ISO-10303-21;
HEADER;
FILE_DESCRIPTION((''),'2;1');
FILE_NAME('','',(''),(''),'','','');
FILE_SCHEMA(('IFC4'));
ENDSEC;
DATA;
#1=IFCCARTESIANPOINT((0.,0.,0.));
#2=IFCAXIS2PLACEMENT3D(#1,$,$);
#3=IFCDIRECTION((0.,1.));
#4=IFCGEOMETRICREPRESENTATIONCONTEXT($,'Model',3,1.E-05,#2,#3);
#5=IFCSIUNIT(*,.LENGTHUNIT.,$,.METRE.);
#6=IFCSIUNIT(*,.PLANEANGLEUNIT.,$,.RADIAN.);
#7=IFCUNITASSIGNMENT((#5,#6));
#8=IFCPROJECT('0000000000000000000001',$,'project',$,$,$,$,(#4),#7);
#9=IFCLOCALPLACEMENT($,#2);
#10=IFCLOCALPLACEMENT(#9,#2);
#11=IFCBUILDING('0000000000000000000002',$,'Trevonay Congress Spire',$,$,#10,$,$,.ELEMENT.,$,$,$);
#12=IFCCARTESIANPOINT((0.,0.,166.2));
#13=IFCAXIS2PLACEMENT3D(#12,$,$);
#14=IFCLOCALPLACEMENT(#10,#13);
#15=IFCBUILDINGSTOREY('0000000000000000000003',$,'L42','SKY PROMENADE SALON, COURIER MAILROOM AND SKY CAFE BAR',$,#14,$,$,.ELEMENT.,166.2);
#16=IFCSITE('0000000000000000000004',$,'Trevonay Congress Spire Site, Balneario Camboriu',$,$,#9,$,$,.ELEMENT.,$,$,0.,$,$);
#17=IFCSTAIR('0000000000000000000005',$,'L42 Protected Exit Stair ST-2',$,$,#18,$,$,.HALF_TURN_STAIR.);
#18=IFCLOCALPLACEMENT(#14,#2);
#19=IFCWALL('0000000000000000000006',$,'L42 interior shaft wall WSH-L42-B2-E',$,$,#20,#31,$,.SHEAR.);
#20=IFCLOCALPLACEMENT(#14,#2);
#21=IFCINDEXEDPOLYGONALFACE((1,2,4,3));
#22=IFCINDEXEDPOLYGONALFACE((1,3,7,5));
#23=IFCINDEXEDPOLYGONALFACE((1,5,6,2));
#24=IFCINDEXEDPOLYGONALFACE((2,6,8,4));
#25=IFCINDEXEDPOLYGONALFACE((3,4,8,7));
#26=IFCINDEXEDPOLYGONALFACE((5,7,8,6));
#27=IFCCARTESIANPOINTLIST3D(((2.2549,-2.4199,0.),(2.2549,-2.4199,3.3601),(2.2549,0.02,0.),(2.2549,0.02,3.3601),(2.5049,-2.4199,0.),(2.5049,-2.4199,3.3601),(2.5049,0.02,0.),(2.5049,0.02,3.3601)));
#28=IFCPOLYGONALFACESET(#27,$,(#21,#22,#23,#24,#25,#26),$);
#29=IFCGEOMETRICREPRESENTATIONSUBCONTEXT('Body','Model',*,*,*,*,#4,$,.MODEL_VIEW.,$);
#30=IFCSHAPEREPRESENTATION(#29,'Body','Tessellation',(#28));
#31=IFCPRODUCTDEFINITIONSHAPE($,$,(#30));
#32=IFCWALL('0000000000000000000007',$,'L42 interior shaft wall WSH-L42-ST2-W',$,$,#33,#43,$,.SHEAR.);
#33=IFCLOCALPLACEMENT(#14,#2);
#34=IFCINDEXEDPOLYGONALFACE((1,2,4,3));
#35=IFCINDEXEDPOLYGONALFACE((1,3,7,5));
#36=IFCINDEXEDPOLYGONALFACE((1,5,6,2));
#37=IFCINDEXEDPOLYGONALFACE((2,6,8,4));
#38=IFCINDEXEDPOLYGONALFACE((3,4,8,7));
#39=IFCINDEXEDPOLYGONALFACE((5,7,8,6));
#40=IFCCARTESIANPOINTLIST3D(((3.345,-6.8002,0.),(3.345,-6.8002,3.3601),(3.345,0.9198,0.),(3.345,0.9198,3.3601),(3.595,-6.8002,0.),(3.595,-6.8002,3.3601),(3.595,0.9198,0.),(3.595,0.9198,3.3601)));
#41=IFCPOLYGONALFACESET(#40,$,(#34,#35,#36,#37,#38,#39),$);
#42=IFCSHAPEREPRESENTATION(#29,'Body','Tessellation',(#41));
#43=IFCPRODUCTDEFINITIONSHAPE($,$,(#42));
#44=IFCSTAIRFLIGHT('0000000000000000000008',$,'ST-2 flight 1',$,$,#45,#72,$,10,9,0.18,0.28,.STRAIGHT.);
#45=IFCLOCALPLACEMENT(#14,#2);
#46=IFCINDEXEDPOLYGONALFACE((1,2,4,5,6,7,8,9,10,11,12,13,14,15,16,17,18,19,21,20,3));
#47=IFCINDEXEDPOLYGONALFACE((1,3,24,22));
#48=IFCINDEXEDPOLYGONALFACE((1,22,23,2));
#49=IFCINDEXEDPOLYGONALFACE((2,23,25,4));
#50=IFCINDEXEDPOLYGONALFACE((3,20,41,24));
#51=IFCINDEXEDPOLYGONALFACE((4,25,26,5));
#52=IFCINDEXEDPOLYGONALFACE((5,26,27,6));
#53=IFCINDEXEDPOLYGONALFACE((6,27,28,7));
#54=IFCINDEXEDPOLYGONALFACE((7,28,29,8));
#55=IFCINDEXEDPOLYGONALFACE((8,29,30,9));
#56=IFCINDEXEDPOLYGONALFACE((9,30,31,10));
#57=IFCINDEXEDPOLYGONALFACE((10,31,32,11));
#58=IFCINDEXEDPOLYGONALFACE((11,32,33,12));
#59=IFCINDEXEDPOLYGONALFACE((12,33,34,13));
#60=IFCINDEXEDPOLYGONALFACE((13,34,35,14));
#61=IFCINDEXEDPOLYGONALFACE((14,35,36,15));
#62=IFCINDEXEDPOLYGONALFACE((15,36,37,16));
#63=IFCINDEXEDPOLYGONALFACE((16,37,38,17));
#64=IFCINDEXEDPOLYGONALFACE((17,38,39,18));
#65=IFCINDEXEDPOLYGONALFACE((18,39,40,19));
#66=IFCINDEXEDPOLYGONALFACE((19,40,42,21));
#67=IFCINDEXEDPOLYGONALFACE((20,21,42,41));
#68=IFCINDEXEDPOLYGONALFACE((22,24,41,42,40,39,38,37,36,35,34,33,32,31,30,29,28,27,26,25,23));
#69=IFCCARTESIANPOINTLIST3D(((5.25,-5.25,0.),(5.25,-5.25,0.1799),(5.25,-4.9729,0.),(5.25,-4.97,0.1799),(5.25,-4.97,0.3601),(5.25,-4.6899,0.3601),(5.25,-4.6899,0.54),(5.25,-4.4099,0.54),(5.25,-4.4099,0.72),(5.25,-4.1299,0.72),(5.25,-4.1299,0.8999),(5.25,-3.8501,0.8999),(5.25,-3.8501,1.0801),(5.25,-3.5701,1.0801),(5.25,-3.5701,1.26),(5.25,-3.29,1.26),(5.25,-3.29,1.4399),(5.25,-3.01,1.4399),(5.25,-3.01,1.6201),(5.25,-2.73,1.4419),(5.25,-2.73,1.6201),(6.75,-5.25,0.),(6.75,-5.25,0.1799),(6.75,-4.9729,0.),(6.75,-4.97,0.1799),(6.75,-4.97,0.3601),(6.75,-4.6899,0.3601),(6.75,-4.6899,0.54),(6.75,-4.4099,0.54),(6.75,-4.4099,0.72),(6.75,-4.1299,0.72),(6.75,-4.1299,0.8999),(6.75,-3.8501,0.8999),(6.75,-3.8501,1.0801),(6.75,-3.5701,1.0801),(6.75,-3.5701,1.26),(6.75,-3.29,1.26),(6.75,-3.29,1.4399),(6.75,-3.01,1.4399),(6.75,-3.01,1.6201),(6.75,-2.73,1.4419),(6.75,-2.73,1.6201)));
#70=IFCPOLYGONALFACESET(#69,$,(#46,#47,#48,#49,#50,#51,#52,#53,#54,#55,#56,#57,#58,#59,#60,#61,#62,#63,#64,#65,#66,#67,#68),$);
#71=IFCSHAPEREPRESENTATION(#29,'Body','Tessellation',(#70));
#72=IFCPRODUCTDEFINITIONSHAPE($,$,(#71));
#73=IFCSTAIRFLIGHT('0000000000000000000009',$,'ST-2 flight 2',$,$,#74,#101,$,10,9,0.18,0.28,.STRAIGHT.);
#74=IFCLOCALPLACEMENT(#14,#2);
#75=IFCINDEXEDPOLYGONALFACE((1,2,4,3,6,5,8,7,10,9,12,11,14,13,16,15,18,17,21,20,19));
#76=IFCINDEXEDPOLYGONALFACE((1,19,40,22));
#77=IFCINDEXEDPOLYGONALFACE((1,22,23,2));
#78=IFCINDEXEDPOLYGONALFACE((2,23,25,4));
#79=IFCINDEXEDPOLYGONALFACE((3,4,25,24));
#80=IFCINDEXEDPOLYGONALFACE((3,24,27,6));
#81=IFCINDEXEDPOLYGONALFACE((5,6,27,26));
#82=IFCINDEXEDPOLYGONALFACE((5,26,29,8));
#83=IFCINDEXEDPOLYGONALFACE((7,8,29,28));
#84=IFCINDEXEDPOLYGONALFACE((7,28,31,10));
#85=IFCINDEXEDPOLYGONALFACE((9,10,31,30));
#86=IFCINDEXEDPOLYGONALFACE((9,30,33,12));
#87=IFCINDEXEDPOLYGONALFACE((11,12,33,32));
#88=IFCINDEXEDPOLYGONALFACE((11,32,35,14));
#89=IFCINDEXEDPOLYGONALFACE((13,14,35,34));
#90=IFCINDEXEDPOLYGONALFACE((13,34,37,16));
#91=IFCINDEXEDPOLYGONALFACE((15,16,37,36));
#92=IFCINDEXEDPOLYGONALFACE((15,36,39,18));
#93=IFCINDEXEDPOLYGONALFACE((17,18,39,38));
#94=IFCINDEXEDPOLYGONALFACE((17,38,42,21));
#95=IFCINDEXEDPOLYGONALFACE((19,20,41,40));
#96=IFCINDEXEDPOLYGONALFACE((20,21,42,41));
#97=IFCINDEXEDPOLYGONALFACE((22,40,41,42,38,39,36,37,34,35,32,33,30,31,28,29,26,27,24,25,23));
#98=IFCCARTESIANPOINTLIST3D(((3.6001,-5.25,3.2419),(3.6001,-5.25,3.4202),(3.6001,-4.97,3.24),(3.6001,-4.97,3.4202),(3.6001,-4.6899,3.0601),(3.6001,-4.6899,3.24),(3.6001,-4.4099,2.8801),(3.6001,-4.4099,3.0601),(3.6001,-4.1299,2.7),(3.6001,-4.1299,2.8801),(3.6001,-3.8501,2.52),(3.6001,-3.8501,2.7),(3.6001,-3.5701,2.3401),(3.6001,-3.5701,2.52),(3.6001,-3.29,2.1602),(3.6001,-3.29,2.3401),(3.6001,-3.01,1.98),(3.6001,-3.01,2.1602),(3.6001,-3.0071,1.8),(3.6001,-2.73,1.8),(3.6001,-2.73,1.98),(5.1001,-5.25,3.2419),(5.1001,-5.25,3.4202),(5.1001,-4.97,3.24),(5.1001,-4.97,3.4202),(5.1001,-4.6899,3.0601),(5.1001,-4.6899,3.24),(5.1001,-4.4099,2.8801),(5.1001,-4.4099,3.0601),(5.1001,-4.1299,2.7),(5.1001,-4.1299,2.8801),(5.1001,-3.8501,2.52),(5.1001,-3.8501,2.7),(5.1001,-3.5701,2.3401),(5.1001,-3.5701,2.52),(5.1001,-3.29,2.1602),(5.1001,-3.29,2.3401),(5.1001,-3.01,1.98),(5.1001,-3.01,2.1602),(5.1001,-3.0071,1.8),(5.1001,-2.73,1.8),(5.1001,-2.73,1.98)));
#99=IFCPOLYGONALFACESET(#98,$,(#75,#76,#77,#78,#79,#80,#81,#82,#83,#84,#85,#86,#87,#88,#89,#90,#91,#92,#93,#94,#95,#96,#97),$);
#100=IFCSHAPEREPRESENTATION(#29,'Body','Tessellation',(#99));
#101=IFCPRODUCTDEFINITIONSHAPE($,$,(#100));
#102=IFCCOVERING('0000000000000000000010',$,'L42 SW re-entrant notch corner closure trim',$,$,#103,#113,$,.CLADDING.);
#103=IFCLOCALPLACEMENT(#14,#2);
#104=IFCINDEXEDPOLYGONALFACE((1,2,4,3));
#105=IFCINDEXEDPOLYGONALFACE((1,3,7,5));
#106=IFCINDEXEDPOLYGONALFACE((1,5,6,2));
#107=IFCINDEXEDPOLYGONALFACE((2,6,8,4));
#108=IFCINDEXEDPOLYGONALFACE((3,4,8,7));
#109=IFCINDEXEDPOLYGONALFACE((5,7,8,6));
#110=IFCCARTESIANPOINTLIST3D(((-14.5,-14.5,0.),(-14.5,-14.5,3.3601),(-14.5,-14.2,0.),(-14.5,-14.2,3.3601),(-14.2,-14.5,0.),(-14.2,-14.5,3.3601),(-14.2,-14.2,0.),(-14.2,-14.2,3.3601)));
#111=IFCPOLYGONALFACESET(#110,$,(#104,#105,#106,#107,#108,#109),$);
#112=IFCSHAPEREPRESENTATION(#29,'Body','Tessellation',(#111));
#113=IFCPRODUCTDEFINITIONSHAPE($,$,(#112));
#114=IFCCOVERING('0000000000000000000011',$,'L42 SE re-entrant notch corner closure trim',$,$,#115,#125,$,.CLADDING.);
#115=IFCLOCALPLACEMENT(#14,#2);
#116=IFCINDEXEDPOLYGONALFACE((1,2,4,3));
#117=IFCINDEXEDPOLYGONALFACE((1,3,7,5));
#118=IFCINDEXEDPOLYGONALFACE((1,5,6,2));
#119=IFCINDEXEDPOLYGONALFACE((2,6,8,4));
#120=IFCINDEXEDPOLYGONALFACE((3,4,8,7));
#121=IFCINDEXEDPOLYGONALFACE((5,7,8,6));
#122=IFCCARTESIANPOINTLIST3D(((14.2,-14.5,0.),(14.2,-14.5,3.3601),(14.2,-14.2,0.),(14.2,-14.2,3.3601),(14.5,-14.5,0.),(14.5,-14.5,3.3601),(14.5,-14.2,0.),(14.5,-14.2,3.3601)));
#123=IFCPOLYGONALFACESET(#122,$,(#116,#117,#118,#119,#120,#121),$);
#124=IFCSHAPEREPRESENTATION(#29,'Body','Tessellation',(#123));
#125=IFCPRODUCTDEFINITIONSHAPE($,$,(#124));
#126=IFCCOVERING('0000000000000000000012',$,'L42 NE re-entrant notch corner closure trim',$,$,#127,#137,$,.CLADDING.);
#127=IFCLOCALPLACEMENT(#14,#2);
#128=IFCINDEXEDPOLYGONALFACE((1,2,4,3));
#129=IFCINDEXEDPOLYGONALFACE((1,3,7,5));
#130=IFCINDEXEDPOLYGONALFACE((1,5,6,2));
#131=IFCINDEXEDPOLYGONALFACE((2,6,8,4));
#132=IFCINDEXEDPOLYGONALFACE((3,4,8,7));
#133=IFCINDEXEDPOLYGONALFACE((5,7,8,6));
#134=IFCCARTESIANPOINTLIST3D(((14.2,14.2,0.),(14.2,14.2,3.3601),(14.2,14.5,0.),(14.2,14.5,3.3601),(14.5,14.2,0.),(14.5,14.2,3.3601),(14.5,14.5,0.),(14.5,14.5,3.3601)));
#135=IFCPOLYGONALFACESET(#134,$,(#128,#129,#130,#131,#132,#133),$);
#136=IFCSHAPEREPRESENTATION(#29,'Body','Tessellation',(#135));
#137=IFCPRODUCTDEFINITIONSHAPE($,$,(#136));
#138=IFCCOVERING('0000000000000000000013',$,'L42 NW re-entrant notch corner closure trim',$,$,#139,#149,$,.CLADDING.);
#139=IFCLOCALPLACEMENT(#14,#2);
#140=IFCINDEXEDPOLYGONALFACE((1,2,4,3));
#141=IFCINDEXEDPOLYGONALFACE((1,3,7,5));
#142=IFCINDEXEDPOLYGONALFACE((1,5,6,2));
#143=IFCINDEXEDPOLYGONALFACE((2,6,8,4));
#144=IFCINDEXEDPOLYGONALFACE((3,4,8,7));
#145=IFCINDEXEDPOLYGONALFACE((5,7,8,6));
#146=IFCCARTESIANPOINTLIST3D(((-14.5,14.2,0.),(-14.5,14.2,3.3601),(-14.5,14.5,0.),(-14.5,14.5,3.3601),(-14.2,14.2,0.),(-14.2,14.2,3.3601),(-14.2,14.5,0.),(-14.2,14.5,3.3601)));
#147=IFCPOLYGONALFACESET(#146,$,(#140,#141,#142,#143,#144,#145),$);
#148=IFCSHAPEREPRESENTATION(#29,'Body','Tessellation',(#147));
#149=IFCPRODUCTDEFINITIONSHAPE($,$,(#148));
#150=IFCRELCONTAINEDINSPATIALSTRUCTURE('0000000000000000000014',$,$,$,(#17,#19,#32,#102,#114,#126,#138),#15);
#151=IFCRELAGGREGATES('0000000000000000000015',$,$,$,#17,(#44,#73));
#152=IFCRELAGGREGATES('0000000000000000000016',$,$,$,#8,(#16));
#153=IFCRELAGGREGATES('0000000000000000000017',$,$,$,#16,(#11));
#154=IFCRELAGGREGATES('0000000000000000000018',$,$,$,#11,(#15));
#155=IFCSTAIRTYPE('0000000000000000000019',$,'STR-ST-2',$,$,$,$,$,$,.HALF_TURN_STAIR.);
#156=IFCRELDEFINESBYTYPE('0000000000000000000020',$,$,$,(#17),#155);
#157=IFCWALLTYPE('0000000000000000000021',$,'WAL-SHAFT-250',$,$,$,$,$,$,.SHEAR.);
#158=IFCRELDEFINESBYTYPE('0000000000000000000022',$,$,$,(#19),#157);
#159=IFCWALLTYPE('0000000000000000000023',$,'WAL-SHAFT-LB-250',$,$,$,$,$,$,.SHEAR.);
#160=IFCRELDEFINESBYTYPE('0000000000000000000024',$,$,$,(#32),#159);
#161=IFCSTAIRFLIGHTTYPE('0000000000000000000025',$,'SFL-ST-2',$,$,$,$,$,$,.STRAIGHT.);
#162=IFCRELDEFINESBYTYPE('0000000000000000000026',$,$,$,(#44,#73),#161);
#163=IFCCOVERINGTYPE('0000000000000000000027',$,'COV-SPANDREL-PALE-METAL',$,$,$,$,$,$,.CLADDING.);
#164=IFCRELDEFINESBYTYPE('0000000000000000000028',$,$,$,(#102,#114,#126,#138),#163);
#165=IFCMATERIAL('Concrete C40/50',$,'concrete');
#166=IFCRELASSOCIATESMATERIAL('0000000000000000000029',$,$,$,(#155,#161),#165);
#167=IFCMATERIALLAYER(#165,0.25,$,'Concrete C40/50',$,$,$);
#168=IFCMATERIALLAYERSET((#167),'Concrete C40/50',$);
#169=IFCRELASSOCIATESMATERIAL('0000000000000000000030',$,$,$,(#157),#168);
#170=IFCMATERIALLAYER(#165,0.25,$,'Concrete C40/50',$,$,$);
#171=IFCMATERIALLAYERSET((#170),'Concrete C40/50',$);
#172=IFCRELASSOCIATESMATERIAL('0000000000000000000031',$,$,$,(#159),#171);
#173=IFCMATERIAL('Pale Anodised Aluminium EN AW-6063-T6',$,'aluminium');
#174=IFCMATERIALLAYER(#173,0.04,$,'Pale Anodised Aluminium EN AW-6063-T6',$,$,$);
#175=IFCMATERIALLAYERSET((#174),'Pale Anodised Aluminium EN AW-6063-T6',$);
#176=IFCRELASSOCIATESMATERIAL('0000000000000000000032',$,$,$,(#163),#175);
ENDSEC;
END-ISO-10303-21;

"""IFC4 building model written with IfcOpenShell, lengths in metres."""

from ifc_helpers import new_model, si_unit, direction, frame, frame_2d, origin, place, context, subcontext, project, spatial, polyline, rectangle, outline, extrude, material, layer, layer_set, type_object, element, aggregate, save


model = new_model("IFC4")

# Units and contexts
model_context = context("Model", 3, precision=1e-05, world=origin(), true_north=direction((0.0, 1.0)))
body_context = subcontext(model_context, "Body", "Model", "MODEL_VIEW")
ifc_project = project(units=[si_unit("LENGTHUNIT", "METRE"), si_unit("PLANEANGLEUNIT", "RADIAN")], contexts=[model_context])

# Site, building, storey
site_placement = place(None, origin())
site = spatial("IfcSite", under=ifc_project, at=site_placement, Name="Trevonay Congress Spire Site, Balneario Camboriu", CompositionType="ELEMENT", RefElevation=0.0)
building_placement = place(site_placement, origin())
building = spatial("IfcBuilding", under=site, at=building_placement, Name="Trevonay Congress Spire", CompositionType="ELEMENT")
storey_placement = place(building_placement, frame((0.0, 0.0, 166.2)))
storey = spatial("IfcBuildingStorey", under=building, at=storey_placement, Name="L42", Description="SKY PROMENADE SALON, COURIER MAILROOM AND SKY CAFE BAR", CompositionType="ELEMENT", Elevation=166.2)

# Shared definitions
ifc_material_1 = material(Name="Concrete C40/50", Category="concrete")

# Stair
stair_type_1 = type_object("IfcStairType", Name="STR-ST-2", PredefinedType="HALF_TURN_STAIR", material=ifc_material_1)
stair_1_placement = place(storey_placement, origin())
stair_1 = element("IfcStair", 1, at=stair_1_placement, inside=storey, type_object=stair_type_1, Name="L42 Protected Exit Stair ST-2", PredefinedType="HALF_TURN_STAIR")

# Walls
ifc_layer_1 = layer(ifc_material_1, 0.25, Name="Concrete C40/50")
ifc_layer_set_1 = layer_set([ifc_layer_1], Name="Concrete C40/50")
wall_type_1 = type_object("IfcWallType", Name="WAL-SHAFT-250", PredefinedType="SHEAR", material=ifc_layer_set_1)
wall_1_placement = place(storey_placement, frame((2.3799, -2.4199, 0.0), z_axis=(0.0, 0.0, 1.0), x_axis=(0.0, 1.0, 0.0)))
element("IfcWall", 2, at=wall_1_placement, inside=storey, type_object=wall_type_1, Name="L42 interior shaft wall WSH-L42-B2-E", PredefinedType="SHEAR", context=body_context, shape_type="SweptSolid", body=[
    extrude(rectangle(XDim=2.4399, YDim=0.25, at=frame_2d((1.22, 0.0))), origin(), (0.0, 0.0, 1.0), 3.3601),
])
ifc_layer_2 = layer(ifc_material_1, 0.25, Name="Concrete C40/50")
ifc_layer_set_2 = layer_set([ifc_layer_2], Name="Concrete C40/50")
wall_type_2 = type_object("IfcWallType", Name="WAL-SHAFT-LB-250", PredefinedType="SHEAR", material=ifc_layer_set_2)
wall_2_placement = place(storey_placement, frame((3.47, -6.8, 0.0), z_axis=(0.0, 0.0, 1.0), x_axis=(0.0, 1.0, 0.0)))
element("IfcWall", 3, at=wall_2_placement, inside=storey, type_object=wall_type_2, Name="L42 interior shaft wall WSH-L42-ST2-W", PredefinedType="SHEAR", context=body_context, shape_type="SweptSolid", body=[
    extrude(rectangle(XDim=7.72, YDim=0.25, at=frame_2d((3.8599, 0.0))), origin(), (0.0, 0.0, 1.0), 3.3601),
])

# Stair flights
stair_flight_type = type_object("IfcStairFlightType", Name="SFL-ST-2", PredefinedType="STRAIGHT", material=ifc_material_1)
stair_flight_1_placement = place(storey_placement, frame((6.0, -5.25, 0.0), z_axis=(0.0, 0.0, 1.0), x_axis=(0.0, 1.0, 0.0)))
stair_flight_1 = element("IfcStairFlight", 4, at=stair_flight_1_placement, type_object=stair_flight_type, Name="ST-2 flight 1", NumberOfRisers=10, NumberOfTreads=9, PredefinedType="STRAIGHT", RiserHeight=0.18, TreadLength=0.28, context=body_context, shape_type="SweptSolid", body=[
    extrude(outline(polyline([(0.0, 0.0), (0.0, 0.1799), (0.28, 0.1799), (0.28, 0.3601), (0.5601, 0.3601), (0.5601, 0.54), (0.8401, 0.54), (0.8401, 0.72), (1.1201, 0.72), (1.1201, 0.8999), (1.3999, 0.8999), (1.3999, 1.0801), (1.6799, 1.0801), (1.6799, 1.26), (1.96, 1.26), (1.96, 1.4399), (2.24, 1.4399), (2.24, 1.6201), (2.52, 1.6201), (2.52, 1.8), (2.52, 1.4419), (0.2771, 0.0), (0.0, 0.0)])), frame((0.0, 0.75, 0.0), z_axis=(0.0, -1.0, 0.0), x_axis=(1.0, 0.0, 0.0)), (0.0, 0.0, 1.0), 1.5),
])
stair_flight_2_placement = place(storey_placement, frame((4.3501, -2.73, 1.8), z_axis=(0.0, 0.0, 1.0), x_axis=(0.0, -1.0, 0.0)))
stair_flight_2 = element("IfcStairFlight", 5, at=stair_flight_2_placement, type_object=stair_flight_type, Name="ST-2 flight 2", NumberOfRisers=10, NumberOfTreads=9, PredefinedType="STRAIGHT", RiserHeight=0.18, TreadLength=0.28, context=body_context, shape_type="SweptSolid", body=[
    extrude(outline(polyline([(0.0, 0.0), (0.0, 0.1799), (0.28, 0.1799), (0.28, 0.3601), (0.5601, 0.3601), (0.5601, 0.54), (0.8401, 0.54), (0.8401, 0.72), (1.1201, 0.72), (1.1201, 0.8999), (1.3999, 0.8999), (1.3999, 1.0801), (1.6799, 1.0801), (1.6799, 1.26), (1.96, 1.26), (1.96, 1.4399), (2.24, 1.4399), (2.24, 1.6201), (2.52, 1.6201), (2.52, 1.8), (2.52, 1.4419), (0.2771, 0.0), (0.0, 0.0)])), frame((0.0, 0.75, 0.0), z_axis=(0.0, -1.0, 0.0), x_axis=(1.0, 0.0, 0.0)), (0.0, 0.0, 1.0), 1.5),
])
aggregate(stair_1, [stair_flight_1, stair_flight_2])

# Coverings
ifc_material_2 = material(Name="Pale Anodised Aluminium EN AW-6063-T6", Category="aluminium")
ifc_layer_3 = layer(ifc_material_2, 0.04, Name="Pale Anodised Aluminium EN AW-6063-T6")
ifc_layer_set_3 = layer_set([ifc_layer_3], Name="Pale Anodised Aluminium EN AW-6063-T6")
covering_type = type_object("IfcCoveringType", Name="COV-SPANDREL-PALE-METAL", PredefinedType="CLADDING", material=ifc_layer_set_3)
covering_1_placement = place(storey_placement, origin())
element("IfcCovering", 6, at=covering_1_placement, inside=storey, type_object=covering_type, Name="L42 SW re-entrant notch corner closure trim", PredefinedType="CLADDING", context=body_context, shape_type="SweptSolid", body=[
    extrude(outline(polyline([(-14.5, -14.5), (-14.2, -14.5), (-14.2, -14.2), (-14.5, -14.2), (-14.5, -14.5)])), origin(), (0.0, 0.0, 1.0), 3.3601),
])
covering_2_placement = place(storey_placement, origin())
element("IfcCovering", 7, at=covering_2_placement, inside=storey, type_object=covering_type, Name="L42 SE re-entrant notch corner closure trim", PredefinedType="CLADDING", context=body_context, shape_type="SweptSolid", body=[
    extrude(outline(polyline([(14.2, -14.5), (14.5, -14.5), (14.5, -14.2), (14.2, -14.2), (14.2, -14.5)])), origin(), (0.0, 0.0, 1.0), 3.3601),
])
covering_3_placement = place(storey_placement, origin())
element("IfcCovering", 8, at=covering_3_placement, inside=storey, type_object=covering_type, Name="L42 NE re-entrant notch corner closure trim", PredefinedType="CLADDING", context=body_context, shape_type="SweptSolid", body=[
    extrude(outline(polyline([(14.2, 14.2), (14.5, 14.2), (14.5, 14.5), (14.2, 14.5), (14.2, 14.2)])), origin(), (0.0, 0.0, 1.0), 3.3601),
])
covering_4_placement = place(storey_placement, origin())
element("IfcCovering", 9, at=covering_4_placement, inside=storey, type_object=covering_type, Name="L42 NW re-entrant notch corner closure trim", PredefinedType="CLADDING", context=body_context, shape_type="SweptSolid", body=[
    extrude(outline(polyline([(-14.5, 14.2), (-14.2, 14.2), (-14.2, 14.5), (-14.5, 14.5), (-14.5, 14.2)])), origin(), (0.0, 0.0, 1.0), 3.3601),
])

save(model, "model.ifc")
